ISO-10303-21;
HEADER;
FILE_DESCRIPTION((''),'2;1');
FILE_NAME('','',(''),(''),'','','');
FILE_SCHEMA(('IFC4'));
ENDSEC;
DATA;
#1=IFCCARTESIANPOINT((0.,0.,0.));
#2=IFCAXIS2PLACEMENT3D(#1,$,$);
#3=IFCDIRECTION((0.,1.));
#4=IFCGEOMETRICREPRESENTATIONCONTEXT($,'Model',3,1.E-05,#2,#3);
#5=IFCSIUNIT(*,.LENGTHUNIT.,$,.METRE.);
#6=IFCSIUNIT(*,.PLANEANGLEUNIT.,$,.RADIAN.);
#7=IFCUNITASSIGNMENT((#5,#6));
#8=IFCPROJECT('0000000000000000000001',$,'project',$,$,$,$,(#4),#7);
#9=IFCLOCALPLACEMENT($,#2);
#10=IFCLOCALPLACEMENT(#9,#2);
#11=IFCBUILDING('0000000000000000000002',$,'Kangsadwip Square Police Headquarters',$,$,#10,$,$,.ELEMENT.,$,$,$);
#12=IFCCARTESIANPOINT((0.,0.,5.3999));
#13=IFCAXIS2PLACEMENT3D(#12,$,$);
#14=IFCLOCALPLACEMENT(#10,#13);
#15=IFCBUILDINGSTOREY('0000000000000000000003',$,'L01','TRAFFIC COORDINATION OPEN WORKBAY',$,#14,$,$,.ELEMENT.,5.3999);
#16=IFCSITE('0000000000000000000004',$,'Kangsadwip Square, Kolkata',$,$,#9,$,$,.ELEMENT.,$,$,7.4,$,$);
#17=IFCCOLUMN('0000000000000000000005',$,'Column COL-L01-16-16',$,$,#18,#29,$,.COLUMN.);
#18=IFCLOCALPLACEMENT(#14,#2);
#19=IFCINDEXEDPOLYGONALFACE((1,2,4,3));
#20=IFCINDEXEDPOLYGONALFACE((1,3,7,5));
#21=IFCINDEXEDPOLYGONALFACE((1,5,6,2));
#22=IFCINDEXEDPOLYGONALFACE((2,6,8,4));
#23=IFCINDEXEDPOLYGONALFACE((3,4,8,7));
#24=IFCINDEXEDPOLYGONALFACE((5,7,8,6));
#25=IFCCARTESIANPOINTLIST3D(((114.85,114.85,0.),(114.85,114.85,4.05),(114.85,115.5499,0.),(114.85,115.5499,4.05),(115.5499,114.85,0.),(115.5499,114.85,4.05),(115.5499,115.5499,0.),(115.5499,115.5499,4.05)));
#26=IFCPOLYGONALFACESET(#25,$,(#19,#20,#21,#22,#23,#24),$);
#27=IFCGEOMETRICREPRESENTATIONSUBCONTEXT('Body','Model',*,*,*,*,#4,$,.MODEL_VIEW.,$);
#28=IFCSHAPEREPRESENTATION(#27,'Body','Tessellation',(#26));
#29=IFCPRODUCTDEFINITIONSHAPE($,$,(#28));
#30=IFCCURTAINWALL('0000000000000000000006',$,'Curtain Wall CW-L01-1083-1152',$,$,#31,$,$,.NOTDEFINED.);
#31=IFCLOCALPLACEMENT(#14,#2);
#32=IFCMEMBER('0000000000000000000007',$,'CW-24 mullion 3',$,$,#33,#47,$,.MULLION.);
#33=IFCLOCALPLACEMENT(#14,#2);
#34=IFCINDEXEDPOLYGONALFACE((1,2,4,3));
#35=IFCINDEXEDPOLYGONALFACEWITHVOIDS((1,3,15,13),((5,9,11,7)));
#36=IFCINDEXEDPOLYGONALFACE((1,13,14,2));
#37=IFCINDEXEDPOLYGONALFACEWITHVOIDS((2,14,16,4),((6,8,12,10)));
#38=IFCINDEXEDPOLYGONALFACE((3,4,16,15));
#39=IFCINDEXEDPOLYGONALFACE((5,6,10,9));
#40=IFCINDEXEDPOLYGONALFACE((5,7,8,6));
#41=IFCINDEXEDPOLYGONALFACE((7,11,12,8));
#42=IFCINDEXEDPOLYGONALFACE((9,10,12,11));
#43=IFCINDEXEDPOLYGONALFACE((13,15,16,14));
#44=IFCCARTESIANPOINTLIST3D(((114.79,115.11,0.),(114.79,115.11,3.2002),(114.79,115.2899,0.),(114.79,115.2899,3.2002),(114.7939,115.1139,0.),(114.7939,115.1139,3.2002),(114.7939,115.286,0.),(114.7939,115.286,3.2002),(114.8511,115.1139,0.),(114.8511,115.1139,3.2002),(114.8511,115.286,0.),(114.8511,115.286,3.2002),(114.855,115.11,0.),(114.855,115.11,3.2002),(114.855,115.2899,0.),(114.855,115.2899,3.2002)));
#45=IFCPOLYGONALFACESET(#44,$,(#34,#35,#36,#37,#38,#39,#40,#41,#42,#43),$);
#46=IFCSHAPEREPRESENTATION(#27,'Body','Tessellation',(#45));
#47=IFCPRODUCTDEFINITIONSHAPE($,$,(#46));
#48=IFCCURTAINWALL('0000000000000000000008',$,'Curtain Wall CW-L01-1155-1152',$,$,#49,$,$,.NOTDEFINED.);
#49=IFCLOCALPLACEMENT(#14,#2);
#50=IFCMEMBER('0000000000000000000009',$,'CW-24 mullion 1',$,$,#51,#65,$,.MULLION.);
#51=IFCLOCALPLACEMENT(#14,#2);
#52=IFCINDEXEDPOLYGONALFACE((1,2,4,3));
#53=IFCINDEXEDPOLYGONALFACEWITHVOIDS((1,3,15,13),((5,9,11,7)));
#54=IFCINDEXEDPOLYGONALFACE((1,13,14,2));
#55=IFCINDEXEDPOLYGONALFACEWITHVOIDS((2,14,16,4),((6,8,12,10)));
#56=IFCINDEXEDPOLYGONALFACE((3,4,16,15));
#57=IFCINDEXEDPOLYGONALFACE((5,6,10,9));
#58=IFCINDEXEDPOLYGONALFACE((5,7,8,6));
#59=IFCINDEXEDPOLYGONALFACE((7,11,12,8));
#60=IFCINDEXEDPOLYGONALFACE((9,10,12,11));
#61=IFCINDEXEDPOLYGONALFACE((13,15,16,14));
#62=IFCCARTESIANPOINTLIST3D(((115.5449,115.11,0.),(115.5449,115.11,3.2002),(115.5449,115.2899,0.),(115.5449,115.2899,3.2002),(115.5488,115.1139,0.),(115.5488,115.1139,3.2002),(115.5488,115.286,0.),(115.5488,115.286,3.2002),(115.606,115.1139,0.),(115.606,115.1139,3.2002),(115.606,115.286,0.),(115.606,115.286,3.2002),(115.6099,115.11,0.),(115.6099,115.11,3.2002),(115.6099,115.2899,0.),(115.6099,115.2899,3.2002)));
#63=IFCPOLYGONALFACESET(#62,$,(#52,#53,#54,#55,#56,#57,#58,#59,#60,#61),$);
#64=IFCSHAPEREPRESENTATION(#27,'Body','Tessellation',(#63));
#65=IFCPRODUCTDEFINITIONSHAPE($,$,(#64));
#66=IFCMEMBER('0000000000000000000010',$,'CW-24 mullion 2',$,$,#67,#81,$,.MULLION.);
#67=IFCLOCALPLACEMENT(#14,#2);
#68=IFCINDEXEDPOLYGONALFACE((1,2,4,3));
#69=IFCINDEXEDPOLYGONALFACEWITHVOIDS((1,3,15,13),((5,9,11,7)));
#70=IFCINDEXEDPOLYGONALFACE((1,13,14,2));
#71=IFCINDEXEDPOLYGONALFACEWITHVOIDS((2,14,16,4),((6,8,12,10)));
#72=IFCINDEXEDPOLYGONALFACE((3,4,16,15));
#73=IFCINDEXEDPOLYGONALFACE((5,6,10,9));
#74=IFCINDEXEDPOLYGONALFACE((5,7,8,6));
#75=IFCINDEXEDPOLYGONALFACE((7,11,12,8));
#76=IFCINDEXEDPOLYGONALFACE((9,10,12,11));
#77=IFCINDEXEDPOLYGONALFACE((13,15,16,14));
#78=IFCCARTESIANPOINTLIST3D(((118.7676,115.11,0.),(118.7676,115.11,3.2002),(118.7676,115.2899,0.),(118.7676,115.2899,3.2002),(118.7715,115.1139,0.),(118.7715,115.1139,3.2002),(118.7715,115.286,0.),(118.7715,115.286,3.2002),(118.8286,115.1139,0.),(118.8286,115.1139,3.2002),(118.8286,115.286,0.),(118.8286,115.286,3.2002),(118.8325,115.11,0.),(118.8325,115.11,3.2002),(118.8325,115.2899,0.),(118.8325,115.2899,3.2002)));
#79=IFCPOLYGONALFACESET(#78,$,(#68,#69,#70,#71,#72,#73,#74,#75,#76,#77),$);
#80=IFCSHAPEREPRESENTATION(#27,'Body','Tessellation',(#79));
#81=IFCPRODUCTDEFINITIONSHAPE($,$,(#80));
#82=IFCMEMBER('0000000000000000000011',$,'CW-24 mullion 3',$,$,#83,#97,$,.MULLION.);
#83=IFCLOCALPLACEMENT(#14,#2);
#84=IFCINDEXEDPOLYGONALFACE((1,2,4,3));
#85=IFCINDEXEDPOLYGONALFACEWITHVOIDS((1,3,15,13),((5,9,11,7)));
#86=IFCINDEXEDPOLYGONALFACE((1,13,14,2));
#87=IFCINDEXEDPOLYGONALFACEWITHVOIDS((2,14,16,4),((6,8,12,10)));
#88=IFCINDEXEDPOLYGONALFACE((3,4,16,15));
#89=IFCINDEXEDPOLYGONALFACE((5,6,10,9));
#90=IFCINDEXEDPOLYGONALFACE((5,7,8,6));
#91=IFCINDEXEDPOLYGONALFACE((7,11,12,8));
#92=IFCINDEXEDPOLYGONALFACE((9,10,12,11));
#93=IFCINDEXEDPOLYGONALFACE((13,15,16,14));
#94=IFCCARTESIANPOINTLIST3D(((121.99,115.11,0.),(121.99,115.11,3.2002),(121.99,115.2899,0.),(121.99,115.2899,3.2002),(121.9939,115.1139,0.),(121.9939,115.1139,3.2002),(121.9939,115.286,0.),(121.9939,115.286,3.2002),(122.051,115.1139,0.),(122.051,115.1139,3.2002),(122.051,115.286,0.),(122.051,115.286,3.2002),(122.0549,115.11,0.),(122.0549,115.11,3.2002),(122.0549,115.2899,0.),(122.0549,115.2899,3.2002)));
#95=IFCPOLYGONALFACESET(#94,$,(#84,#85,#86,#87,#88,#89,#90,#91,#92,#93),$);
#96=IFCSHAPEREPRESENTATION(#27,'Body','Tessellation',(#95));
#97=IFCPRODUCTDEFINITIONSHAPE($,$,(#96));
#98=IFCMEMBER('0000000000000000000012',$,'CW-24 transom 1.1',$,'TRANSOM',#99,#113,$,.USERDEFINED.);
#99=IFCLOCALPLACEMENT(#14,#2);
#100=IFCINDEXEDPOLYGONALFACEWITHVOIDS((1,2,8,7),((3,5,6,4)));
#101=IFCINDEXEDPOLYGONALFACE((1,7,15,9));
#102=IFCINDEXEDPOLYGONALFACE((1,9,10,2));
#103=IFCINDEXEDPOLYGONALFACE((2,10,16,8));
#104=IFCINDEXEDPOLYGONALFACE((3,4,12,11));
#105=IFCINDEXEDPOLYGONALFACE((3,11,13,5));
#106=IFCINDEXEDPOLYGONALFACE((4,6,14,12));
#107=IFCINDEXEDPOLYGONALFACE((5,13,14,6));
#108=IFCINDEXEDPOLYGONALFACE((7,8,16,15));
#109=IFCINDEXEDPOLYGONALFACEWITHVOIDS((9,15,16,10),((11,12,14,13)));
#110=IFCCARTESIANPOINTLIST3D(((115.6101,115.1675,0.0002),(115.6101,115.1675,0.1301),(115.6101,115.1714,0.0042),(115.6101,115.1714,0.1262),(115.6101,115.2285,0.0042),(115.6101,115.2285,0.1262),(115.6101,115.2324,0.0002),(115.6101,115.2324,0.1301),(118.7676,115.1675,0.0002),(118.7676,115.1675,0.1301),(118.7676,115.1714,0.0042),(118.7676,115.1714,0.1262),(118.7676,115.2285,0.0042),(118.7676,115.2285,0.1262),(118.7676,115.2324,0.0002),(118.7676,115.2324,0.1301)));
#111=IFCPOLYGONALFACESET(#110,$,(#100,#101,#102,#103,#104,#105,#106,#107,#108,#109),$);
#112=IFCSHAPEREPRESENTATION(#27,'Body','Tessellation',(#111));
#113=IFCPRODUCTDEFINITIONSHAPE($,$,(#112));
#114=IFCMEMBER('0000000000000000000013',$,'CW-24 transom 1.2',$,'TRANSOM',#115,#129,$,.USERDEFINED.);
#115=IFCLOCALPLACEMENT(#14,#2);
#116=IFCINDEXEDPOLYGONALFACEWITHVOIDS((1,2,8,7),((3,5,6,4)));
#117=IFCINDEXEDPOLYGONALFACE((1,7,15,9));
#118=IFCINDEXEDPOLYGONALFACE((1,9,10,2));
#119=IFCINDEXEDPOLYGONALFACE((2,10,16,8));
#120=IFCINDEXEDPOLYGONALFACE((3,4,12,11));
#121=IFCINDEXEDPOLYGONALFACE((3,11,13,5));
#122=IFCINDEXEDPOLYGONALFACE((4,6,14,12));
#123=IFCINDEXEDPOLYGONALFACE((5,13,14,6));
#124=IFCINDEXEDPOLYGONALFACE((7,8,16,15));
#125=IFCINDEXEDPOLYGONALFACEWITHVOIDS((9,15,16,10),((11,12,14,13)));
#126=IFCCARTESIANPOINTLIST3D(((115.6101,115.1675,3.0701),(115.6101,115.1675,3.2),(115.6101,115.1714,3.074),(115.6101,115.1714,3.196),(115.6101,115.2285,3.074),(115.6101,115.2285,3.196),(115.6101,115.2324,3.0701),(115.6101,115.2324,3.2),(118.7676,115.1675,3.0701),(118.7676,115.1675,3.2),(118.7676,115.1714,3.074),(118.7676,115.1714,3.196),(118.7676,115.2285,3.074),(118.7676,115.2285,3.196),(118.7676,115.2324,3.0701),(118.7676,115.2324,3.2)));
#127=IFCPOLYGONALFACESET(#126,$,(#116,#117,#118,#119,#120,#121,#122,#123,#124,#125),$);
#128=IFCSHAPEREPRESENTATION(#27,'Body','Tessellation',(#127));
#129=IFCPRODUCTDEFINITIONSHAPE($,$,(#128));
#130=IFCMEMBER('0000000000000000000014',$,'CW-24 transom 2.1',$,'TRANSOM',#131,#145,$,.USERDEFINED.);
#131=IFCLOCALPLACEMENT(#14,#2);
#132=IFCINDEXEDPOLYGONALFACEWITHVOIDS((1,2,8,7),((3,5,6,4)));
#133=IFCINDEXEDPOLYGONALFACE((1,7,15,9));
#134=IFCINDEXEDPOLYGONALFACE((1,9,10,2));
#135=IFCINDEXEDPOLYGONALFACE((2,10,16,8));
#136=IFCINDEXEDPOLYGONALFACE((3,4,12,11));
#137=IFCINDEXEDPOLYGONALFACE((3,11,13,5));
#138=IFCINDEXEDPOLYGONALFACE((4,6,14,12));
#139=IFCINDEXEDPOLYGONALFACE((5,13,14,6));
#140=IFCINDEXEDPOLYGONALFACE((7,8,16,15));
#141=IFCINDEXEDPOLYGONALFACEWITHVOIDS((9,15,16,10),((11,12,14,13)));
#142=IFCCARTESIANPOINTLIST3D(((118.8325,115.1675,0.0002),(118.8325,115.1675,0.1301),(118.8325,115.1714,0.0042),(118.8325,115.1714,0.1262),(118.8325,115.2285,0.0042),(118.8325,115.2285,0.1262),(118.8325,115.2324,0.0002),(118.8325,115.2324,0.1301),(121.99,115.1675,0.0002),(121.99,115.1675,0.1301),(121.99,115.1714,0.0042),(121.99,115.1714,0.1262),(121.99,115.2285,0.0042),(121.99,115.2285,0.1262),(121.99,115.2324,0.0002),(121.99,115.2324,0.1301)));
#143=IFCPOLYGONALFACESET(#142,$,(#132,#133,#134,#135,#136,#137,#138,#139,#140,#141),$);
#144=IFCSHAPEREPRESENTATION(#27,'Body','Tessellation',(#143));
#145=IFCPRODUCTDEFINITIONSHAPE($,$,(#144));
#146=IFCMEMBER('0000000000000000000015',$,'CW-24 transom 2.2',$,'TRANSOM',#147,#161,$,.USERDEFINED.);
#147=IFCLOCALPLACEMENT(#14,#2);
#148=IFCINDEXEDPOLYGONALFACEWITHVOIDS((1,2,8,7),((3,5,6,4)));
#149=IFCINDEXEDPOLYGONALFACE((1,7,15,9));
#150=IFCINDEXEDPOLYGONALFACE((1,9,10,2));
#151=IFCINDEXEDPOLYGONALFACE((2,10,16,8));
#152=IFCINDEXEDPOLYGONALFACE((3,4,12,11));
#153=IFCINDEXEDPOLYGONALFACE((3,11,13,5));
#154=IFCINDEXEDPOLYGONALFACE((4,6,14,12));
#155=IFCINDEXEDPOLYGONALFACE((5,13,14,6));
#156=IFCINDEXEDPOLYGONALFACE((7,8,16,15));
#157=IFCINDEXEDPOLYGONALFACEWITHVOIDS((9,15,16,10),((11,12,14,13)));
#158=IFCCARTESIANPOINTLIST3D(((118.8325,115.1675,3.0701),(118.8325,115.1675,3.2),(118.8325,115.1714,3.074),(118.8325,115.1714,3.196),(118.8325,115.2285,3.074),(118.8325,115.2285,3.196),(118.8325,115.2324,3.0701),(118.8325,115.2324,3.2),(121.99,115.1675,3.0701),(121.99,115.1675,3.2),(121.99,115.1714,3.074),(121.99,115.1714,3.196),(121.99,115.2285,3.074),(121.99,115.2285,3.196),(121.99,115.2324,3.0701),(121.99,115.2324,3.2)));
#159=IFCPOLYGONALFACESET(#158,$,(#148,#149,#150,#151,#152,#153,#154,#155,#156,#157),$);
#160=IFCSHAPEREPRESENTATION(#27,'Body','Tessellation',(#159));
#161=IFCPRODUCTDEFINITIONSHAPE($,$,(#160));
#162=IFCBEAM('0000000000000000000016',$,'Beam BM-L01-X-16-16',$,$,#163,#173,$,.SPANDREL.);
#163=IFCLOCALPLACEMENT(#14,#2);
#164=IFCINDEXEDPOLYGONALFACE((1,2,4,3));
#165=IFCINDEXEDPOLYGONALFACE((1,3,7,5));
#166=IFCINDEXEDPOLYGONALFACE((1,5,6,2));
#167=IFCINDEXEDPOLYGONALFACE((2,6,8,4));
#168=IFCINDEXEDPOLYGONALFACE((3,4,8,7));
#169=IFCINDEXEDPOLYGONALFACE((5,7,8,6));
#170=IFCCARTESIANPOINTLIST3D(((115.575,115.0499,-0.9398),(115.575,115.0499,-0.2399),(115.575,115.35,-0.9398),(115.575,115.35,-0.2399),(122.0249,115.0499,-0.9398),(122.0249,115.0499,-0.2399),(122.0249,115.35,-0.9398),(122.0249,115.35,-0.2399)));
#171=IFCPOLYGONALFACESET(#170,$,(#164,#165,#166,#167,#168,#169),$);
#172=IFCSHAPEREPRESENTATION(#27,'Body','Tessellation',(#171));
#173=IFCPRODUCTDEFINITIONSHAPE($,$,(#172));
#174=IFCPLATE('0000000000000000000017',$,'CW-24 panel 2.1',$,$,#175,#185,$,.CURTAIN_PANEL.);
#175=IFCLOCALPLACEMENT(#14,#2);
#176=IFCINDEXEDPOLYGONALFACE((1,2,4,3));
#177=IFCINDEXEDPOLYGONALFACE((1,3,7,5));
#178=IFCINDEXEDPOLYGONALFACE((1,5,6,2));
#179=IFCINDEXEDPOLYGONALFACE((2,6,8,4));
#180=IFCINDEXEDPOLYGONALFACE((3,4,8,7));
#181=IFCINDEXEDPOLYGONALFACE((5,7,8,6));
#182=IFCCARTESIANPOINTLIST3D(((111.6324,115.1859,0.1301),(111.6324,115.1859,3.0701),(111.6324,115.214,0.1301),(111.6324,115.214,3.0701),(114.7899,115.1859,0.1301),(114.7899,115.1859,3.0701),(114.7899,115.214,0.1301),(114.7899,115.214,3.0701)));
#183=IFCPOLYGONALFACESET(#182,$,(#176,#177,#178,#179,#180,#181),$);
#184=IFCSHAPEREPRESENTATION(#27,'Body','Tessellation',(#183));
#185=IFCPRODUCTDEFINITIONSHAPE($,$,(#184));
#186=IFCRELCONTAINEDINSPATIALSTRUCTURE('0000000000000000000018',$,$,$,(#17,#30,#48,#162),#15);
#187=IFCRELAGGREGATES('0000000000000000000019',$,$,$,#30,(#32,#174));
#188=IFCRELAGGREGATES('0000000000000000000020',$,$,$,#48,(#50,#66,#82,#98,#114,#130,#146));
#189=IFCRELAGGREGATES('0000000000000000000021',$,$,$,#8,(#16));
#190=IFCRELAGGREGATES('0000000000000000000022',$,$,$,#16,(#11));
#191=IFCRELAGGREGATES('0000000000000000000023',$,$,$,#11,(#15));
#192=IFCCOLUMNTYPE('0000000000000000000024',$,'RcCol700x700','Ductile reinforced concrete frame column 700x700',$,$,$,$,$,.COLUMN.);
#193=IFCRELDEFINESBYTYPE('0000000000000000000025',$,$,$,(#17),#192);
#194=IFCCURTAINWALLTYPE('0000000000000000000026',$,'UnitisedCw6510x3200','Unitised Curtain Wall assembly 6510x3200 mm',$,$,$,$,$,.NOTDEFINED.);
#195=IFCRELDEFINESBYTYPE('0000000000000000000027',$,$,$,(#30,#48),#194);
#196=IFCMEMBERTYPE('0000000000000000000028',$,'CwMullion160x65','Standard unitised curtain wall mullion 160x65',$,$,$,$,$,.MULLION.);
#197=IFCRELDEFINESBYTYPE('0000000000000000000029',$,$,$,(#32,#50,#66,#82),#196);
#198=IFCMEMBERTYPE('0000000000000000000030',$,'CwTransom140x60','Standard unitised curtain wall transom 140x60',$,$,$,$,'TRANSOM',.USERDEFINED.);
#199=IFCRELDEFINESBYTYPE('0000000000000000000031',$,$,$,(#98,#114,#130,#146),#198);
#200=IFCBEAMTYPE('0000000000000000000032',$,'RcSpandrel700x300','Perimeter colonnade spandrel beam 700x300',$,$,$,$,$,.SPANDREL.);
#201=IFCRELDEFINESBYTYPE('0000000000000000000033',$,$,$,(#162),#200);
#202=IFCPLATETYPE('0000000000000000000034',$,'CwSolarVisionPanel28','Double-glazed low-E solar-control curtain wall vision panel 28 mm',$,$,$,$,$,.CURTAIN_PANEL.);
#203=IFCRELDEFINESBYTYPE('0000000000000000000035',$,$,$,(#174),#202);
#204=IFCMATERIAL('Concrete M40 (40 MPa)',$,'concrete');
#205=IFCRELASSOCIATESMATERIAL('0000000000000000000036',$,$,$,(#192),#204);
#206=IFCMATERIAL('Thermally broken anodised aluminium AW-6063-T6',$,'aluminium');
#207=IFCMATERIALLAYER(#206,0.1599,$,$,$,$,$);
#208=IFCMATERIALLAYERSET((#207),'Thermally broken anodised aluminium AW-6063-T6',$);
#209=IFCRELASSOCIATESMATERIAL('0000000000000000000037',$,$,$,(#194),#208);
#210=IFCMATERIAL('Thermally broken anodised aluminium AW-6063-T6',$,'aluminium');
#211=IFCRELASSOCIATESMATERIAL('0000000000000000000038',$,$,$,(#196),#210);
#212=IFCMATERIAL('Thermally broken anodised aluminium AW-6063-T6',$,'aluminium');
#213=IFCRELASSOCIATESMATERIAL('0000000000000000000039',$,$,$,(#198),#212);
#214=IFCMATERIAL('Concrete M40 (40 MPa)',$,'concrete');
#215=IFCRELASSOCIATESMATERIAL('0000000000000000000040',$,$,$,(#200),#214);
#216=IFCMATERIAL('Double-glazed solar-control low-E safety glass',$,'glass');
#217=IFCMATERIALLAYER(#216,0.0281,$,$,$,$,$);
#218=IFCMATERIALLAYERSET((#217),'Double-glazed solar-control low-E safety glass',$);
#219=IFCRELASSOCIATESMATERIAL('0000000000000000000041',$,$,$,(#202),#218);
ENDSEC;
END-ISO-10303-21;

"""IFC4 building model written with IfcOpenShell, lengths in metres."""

from ifc_helpers import new_model, si_unit, direction, frame, origin, origin_2d, place, context, subcontext, project, spatial, rectangle, hollow_rectangle, extrude, material, layer, layer_set, material_profile, profile_set, type_object, element, aggregate, save


model = new_model("IFC4")

# Units and contexts
model_context = context("Model", 3, precision=1e-05, world=origin(), true_north=direction((0.0, 1.0)))
body_context = subcontext(model_context, "Body", "Model", "MODEL_VIEW")
ifc_project = project(units=[si_unit("LENGTHUNIT", "METRE"), si_unit("PLANEANGLEUNIT", "RADIAN")], contexts=[model_context])

# Site, building, storey
site_placement = place(None, origin())
site = spatial("IfcSite", under=ifc_project, at=site_placement, Name="Kangsadwip Square, Kolkata", CompositionType="ELEMENT", RefElevation=7.4)
building_placement = place(site_placement, origin())
building = spatial("IfcBuilding", under=site, at=building_placement, Name="Kangsadwip Square Police Headquarters", CompositionType="ELEMENT")
storey_placement = place(building_placement, frame((0.0, 0.0, 5.3999)))
storey = spatial("IfcBuildingStorey", under=building, at=storey_placement, Name="L01", Description="TRAFFIC COORDINATION OPEN WORKBAY", CompositionType="ELEMENT", Elevation=5.3999)

# Column
ifc_material_1 = material(Name="Concrete M40 (40 MPa)", Category="concrete")
ifc_material_profile_1 = material_profile(ifc_material_1, rectangle(XDim=0.7, YDim=0.7, at=origin_2d()), Name="RC COL 700X700")
ifc_profile_set_1 = profile_set([ifc_material_profile_1], Name="Concrete M40 (40 MPa)")
column_type = type_object("IfcColumnType", Name="RcCol700x700", Description="Ductile reinforced concrete frame column 700x700", PredefinedType="COLUMN", material=ifc_profile_set_1)
column_placement = place(storey_placement, frame((115.2, 115.2, 0.0), z_axis=(0.0, 0.0, 1.0), x_axis=(1.0, 0.0, 0.0)))
element("IfcColumn", 1, at=column_placement, inside=storey, type_object=column_type, Name="Column COL-L01-16-16", PredefinedType="COLUMN", context=body_context, shape_type="SweptSolid", body=[
    extrude(rectangle(XDim=0.7, YDim=0.7, at=origin_2d()), origin(), (0.0, 0.0, 1.0), 4.05),
])

# Curtain wall, member
ifc_material_2 = material(Name="Thermally broken anodised aluminium AW-6063-T6", Category="aluminium")
ifc_layer_1 = layer(ifc_material_2, 0.1599)
ifc_layer_set_1 = layer_set([ifc_layer_1], Name="Thermally broken anodised aluminium AW-6063-T6")
curtain_wall_type = type_object("IfcCurtainWallType", Name="UnitisedCw6510x3200", Description="Unitised Curtain Wall assembly 6510x3200 mm", PredefinedType="NOTDEFINED", material=ifc_layer_set_1)
curtain_wall_1_placement = place(storey_placement, origin())
curtain_wall_1 = element("IfcCurtainWall", 2, at=curtain_wall_1_placement, inside=storey, type_object=curtain_wall_type, Name="Curtain Wall CW-L01-1083-1152", PredefinedType="NOTDEFINED")
ifc_material_3 = material(Name="Thermally broken anodised aluminium AW-6063-T6", Category="aluminium")
ifc_material_profile_2 = material_profile(ifc_material_3, hollow_rectangle(XDim=0.0649, YDim=0.1799, WallThickness=0.0039, at=origin_2d()), Name="CWM 180X65X4")
ifc_profile_set_2 = profile_set([ifc_material_profile_2], Name="Thermally broken anodised aluminium AW-6063-T6")
member_type_1 = type_object("IfcMemberType", Name="CwMullion160x65", Description="Standard unitised curtain wall mullion 160x65", PredefinedType="MULLION", material=ifc_profile_set_2)
member_1_placement = place(storey_placement, frame((114.8225, 115.2, 0.0), z_axis=(0.0, 0.0, 1.0), x_axis=(1.0, 0.0, 0.0)))
member_1 = element("IfcMember", 3, at=member_1_placement, type_object=member_type_1, Name="CW-24 mullion 3", PredefinedType="MULLION", context=body_context, shape_type="SweptSolid", body=[
    extrude(hollow_rectangle(XDim=0.0649, YDim=0.1799, WallThickness=0.0039, at=origin_2d()), origin(), (0.0, 0.0, 1.0), 3.2002),
])

# Curtain wall, members
curtain_wall_2_placement = place(storey_placement, origin())
curtain_wall_2 = element("IfcCurtainWall", 4, at=curtain_wall_2_placement, inside=storey, type_object=curtain_wall_type, Name="Curtain Wall CW-L01-1155-1152", PredefinedType="NOTDEFINED")
member_2_placement = place(storey_placement, frame((115.5774, 115.2, 0.0), z_axis=(0.0, 0.0, 1.0), x_axis=(1.0, 0.0, 0.0)))
member_2 = element("IfcMember", 5, at=member_2_placement, type_object=member_type_1, Name="CW-24 mullion 1", PredefinedType="MULLION", context=body_context, shape_type="SweptSolid", body=[
    extrude(hollow_rectangle(XDim=0.0649, YDim=0.1799, WallThickness=0.0039, at=origin_2d()), origin(), (0.0, 0.0, 1.0), 3.2002),
])
member_3_placement = place(storey_placement, frame((118.8, 115.2, 0.0), z_axis=(0.0, 0.0, 1.0), x_axis=(1.0, 0.0, 0.0)))
member_3 = element("IfcMember", 6, at=member_3_placement, type_object=member_type_1, Name="CW-24 mullion 2", PredefinedType="MULLION", context=body_context, shape_type="SweptSolid", body=[
    extrude(hollow_rectangle(XDim=0.0649, YDim=0.1799, WallThickness=0.0039, at=origin_2d()), origin(), (0.0, 0.0, 1.0), 3.2002),
])
member_4_placement = place(storey_placement, frame((122.0225, 115.2, 0.0), z_axis=(0.0, 0.0, 1.0), x_axis=(1.0, 0.0, 0.0)))
member_4 = element("IfcMember", 7, at=member_4_placement, type_object=member_type_1, Name="CW-24 mullion 3", PredefinedType="MULLION", context=body_context, shape_type="SweptSolid", body=[
    extrude(hollow_rectangle(XDim=0.0649, YDim=0.1799, WallThickness=0.0039, at=origin_2d()), origin(), (0.0, 0.0, 1.0), 3.2002),
])
ifc_material_4 = material(Name="Thermally broken anodised aluminium AW-6063-T6", Category="aluminium")
ifc_material_profile_3 = material_profile(ifc_material_4, hollow_rectangle(XDim=0.0649, YDim=0.1299, WallThickness=0.0039, at=origin_2d()), Name="CWT 130X65X4")
ifc_profile_set_3 = profile_set([ifc_material_profile_3], Name="Thermally broken anodised aluminium AW-6063-T6")
member_type_2 = type_object("IfcMemberType", Name="CwTransom140x60", Description="Standard unitised curtain wall transom 140x60", ElementType="TRANSOM", PredefinedType="USERDEFINED", material=ifc_profile_set_3)
member_5_placement = place(storey_placement, frame((115.6101, 115.2, 0.0652), z_axis=(1.0, 0.0, 0.0), x_axis=(0.0, 1.0, 0.0)))
member_5 = element("IfcMember", 8, at=member_5_placement, type_object=member_type_2, Name="CW-24 transom 1.1", ObjectType="TRANSOM", PredefinedType="USERDEFINED", context=body_context, shape_type="SweptSolid", body=[
    extrude(hollow_rectangle(XDim=0.0649, YDim=0.1299, WallThickness=0.0039, at=origin_2d()), origin(), (0.0, 0.0, 1.0), 3.1575),
])
member_6_placement = place(storey_placement, frame((115.6101, 115.2, 3.135), z_axis=(1.0, 0.0, 0.0), x_axis=(0.0, 1.0, 0.0)))
member_6 = element("IfcMember", 9, at=member_6_placement, type_object=member_type_2, Name="CW-24 transom 1.2", ObjectType="TRANSOM", PredefinedType="USERDEFINED", context=body_context, shape_type="SweptSolid", body=[
    extrude(hollow_rectangle(XDim=0.0649, YDim=0.1299, WallThickness=0.0039, at=origin_2d()), origin(), (0.0, 0.0, 1.0), 3.1575),
])
member_7_placement = place(storey_placement, frame((118.8325, 115.2, 0.0652), z_axis=(1.0, 0.0, 0.0), x_axis=(0.0, 1.0, 0.0)))
member_7 = element("IfcMember", 10, at=member_7_placement, type_object=member_type_2, Name="CW-24 transom 2.1", ObjectType="TRANSOM", PredefinedType="USERDEFINED", context=body_context, shape_type="SweptSolid", body=[
    extrude(hollow_rectangle(XDim=0.0649, YDim=0.1299, WallThickness=0.0039, at=origin_2d()), origin(), (0.0, 0.0, 1.0), 3.1575),
])
member_8_placement = place(storey_placement, frame((118.8325, 115.2, 3.135), z_axis=(1.0, 0.0, 0.0), x_axis=(0.0, 1.0, 0.0)))
member_8 = element("IfcMember", 11, at=member_8_placement, type_object=member_type_2, Name="CW-24 transom 2.2", ObjectType="TRANSOM", PredefinedType="USERDEFINED", context=body_context, shape_type="SweptSolid", body=[
    extrude(hollow_rectangle(XDim=0.0649, YDim=0.1299, WallThickness=0.0039, at=origin_2d()), origin(), (0.0, 0.0, 1.0), 3.1575),
])

# Beam
ifc_material_5 = material(Name="Concrete M40 (40 MPa)", Category="concrete")
ifc_material_profile_4 = material_profile(ifc_material_5, rectangle(XDim=0.3, YDim=0.7, at=origin_2d()), Name="RC SPN 700X300")
ifc_profile_set_4 = profile_set([ifc_material_profile_4], Name="Concrete M40 (40 MPa)")
beam_type = type_object("IfcBeamType", Name="RcSpandrel700x300", Description="Perimeter colonnade spandrel beam 700x300", PredefinedType="SPANDREL", material=ifc_profile_set_4)
beam_placement = place(storey_placement, frame((115.575, 115.2, -0.5898), z_axis=(1.0, 0.0, 0.0), x_axis=(0.0, 1.0, 0.0)))
element("IfcBeam", 12, at=beam_placement, inside=storey, type_object=beam_type, Name="Beam BM-L01-X-16-16", PredefinedType="SPANDREL", context=body_context, shape_type="SweptSolid", body=[
    extrude(rectangle(XDim=0.3, YDim=0.7, at=origin_2d()), origin(), (0.0, 0.0, 1.0), 6.45),
])

# Plate
ifc_material_6 = material(Name="Double-glazed solar-control low-E safety glass", Category="glass")
ifc_layer_2 = layer(ifc_material_6, 0.0281)
ifc_layer_set_2 = layer_set([ifc_layer_2], Name="Double-glazed solar-control low-E safety glass")
plate_type_1 = type_object("IfcPlateType", Name="CwSolarVisionPanel28", Description="Double-glazed low-E solar-control curtain wall vision panel 28 mm", PredefinedType="CURTAIN_PANEL", material=ifc_layer_set_2)
plate_1_placement = place(storey_placement, frame((113.2112, 115.2, 0.1301), z_axis=(0.0, 0.0, 1.0), x_axis=(1.0, 0.0, 0.0)))
plate_1 = element("IfcPlate", 13, at=plate_1_placement, type_object=plate_type_1, Name="CW-24 panel 2.1", PredefinedType="CURTAIN_PANEL", context=body_context, shape_type="SweptSolid", body=[
    extrude(rectangle(XDim=3.1575, YDim=0.0281, at=origin_2d()), origin(), (0.0, 0.0, 1.0), 2.9399),
])
aggregate(curtain_wall_1, [member_1, plate_1])
aggregate(curtain_wall_2, [member_2, member_3, member_4, member_5, member_6, member_7, member_8])

save(model, "model.ifc")
